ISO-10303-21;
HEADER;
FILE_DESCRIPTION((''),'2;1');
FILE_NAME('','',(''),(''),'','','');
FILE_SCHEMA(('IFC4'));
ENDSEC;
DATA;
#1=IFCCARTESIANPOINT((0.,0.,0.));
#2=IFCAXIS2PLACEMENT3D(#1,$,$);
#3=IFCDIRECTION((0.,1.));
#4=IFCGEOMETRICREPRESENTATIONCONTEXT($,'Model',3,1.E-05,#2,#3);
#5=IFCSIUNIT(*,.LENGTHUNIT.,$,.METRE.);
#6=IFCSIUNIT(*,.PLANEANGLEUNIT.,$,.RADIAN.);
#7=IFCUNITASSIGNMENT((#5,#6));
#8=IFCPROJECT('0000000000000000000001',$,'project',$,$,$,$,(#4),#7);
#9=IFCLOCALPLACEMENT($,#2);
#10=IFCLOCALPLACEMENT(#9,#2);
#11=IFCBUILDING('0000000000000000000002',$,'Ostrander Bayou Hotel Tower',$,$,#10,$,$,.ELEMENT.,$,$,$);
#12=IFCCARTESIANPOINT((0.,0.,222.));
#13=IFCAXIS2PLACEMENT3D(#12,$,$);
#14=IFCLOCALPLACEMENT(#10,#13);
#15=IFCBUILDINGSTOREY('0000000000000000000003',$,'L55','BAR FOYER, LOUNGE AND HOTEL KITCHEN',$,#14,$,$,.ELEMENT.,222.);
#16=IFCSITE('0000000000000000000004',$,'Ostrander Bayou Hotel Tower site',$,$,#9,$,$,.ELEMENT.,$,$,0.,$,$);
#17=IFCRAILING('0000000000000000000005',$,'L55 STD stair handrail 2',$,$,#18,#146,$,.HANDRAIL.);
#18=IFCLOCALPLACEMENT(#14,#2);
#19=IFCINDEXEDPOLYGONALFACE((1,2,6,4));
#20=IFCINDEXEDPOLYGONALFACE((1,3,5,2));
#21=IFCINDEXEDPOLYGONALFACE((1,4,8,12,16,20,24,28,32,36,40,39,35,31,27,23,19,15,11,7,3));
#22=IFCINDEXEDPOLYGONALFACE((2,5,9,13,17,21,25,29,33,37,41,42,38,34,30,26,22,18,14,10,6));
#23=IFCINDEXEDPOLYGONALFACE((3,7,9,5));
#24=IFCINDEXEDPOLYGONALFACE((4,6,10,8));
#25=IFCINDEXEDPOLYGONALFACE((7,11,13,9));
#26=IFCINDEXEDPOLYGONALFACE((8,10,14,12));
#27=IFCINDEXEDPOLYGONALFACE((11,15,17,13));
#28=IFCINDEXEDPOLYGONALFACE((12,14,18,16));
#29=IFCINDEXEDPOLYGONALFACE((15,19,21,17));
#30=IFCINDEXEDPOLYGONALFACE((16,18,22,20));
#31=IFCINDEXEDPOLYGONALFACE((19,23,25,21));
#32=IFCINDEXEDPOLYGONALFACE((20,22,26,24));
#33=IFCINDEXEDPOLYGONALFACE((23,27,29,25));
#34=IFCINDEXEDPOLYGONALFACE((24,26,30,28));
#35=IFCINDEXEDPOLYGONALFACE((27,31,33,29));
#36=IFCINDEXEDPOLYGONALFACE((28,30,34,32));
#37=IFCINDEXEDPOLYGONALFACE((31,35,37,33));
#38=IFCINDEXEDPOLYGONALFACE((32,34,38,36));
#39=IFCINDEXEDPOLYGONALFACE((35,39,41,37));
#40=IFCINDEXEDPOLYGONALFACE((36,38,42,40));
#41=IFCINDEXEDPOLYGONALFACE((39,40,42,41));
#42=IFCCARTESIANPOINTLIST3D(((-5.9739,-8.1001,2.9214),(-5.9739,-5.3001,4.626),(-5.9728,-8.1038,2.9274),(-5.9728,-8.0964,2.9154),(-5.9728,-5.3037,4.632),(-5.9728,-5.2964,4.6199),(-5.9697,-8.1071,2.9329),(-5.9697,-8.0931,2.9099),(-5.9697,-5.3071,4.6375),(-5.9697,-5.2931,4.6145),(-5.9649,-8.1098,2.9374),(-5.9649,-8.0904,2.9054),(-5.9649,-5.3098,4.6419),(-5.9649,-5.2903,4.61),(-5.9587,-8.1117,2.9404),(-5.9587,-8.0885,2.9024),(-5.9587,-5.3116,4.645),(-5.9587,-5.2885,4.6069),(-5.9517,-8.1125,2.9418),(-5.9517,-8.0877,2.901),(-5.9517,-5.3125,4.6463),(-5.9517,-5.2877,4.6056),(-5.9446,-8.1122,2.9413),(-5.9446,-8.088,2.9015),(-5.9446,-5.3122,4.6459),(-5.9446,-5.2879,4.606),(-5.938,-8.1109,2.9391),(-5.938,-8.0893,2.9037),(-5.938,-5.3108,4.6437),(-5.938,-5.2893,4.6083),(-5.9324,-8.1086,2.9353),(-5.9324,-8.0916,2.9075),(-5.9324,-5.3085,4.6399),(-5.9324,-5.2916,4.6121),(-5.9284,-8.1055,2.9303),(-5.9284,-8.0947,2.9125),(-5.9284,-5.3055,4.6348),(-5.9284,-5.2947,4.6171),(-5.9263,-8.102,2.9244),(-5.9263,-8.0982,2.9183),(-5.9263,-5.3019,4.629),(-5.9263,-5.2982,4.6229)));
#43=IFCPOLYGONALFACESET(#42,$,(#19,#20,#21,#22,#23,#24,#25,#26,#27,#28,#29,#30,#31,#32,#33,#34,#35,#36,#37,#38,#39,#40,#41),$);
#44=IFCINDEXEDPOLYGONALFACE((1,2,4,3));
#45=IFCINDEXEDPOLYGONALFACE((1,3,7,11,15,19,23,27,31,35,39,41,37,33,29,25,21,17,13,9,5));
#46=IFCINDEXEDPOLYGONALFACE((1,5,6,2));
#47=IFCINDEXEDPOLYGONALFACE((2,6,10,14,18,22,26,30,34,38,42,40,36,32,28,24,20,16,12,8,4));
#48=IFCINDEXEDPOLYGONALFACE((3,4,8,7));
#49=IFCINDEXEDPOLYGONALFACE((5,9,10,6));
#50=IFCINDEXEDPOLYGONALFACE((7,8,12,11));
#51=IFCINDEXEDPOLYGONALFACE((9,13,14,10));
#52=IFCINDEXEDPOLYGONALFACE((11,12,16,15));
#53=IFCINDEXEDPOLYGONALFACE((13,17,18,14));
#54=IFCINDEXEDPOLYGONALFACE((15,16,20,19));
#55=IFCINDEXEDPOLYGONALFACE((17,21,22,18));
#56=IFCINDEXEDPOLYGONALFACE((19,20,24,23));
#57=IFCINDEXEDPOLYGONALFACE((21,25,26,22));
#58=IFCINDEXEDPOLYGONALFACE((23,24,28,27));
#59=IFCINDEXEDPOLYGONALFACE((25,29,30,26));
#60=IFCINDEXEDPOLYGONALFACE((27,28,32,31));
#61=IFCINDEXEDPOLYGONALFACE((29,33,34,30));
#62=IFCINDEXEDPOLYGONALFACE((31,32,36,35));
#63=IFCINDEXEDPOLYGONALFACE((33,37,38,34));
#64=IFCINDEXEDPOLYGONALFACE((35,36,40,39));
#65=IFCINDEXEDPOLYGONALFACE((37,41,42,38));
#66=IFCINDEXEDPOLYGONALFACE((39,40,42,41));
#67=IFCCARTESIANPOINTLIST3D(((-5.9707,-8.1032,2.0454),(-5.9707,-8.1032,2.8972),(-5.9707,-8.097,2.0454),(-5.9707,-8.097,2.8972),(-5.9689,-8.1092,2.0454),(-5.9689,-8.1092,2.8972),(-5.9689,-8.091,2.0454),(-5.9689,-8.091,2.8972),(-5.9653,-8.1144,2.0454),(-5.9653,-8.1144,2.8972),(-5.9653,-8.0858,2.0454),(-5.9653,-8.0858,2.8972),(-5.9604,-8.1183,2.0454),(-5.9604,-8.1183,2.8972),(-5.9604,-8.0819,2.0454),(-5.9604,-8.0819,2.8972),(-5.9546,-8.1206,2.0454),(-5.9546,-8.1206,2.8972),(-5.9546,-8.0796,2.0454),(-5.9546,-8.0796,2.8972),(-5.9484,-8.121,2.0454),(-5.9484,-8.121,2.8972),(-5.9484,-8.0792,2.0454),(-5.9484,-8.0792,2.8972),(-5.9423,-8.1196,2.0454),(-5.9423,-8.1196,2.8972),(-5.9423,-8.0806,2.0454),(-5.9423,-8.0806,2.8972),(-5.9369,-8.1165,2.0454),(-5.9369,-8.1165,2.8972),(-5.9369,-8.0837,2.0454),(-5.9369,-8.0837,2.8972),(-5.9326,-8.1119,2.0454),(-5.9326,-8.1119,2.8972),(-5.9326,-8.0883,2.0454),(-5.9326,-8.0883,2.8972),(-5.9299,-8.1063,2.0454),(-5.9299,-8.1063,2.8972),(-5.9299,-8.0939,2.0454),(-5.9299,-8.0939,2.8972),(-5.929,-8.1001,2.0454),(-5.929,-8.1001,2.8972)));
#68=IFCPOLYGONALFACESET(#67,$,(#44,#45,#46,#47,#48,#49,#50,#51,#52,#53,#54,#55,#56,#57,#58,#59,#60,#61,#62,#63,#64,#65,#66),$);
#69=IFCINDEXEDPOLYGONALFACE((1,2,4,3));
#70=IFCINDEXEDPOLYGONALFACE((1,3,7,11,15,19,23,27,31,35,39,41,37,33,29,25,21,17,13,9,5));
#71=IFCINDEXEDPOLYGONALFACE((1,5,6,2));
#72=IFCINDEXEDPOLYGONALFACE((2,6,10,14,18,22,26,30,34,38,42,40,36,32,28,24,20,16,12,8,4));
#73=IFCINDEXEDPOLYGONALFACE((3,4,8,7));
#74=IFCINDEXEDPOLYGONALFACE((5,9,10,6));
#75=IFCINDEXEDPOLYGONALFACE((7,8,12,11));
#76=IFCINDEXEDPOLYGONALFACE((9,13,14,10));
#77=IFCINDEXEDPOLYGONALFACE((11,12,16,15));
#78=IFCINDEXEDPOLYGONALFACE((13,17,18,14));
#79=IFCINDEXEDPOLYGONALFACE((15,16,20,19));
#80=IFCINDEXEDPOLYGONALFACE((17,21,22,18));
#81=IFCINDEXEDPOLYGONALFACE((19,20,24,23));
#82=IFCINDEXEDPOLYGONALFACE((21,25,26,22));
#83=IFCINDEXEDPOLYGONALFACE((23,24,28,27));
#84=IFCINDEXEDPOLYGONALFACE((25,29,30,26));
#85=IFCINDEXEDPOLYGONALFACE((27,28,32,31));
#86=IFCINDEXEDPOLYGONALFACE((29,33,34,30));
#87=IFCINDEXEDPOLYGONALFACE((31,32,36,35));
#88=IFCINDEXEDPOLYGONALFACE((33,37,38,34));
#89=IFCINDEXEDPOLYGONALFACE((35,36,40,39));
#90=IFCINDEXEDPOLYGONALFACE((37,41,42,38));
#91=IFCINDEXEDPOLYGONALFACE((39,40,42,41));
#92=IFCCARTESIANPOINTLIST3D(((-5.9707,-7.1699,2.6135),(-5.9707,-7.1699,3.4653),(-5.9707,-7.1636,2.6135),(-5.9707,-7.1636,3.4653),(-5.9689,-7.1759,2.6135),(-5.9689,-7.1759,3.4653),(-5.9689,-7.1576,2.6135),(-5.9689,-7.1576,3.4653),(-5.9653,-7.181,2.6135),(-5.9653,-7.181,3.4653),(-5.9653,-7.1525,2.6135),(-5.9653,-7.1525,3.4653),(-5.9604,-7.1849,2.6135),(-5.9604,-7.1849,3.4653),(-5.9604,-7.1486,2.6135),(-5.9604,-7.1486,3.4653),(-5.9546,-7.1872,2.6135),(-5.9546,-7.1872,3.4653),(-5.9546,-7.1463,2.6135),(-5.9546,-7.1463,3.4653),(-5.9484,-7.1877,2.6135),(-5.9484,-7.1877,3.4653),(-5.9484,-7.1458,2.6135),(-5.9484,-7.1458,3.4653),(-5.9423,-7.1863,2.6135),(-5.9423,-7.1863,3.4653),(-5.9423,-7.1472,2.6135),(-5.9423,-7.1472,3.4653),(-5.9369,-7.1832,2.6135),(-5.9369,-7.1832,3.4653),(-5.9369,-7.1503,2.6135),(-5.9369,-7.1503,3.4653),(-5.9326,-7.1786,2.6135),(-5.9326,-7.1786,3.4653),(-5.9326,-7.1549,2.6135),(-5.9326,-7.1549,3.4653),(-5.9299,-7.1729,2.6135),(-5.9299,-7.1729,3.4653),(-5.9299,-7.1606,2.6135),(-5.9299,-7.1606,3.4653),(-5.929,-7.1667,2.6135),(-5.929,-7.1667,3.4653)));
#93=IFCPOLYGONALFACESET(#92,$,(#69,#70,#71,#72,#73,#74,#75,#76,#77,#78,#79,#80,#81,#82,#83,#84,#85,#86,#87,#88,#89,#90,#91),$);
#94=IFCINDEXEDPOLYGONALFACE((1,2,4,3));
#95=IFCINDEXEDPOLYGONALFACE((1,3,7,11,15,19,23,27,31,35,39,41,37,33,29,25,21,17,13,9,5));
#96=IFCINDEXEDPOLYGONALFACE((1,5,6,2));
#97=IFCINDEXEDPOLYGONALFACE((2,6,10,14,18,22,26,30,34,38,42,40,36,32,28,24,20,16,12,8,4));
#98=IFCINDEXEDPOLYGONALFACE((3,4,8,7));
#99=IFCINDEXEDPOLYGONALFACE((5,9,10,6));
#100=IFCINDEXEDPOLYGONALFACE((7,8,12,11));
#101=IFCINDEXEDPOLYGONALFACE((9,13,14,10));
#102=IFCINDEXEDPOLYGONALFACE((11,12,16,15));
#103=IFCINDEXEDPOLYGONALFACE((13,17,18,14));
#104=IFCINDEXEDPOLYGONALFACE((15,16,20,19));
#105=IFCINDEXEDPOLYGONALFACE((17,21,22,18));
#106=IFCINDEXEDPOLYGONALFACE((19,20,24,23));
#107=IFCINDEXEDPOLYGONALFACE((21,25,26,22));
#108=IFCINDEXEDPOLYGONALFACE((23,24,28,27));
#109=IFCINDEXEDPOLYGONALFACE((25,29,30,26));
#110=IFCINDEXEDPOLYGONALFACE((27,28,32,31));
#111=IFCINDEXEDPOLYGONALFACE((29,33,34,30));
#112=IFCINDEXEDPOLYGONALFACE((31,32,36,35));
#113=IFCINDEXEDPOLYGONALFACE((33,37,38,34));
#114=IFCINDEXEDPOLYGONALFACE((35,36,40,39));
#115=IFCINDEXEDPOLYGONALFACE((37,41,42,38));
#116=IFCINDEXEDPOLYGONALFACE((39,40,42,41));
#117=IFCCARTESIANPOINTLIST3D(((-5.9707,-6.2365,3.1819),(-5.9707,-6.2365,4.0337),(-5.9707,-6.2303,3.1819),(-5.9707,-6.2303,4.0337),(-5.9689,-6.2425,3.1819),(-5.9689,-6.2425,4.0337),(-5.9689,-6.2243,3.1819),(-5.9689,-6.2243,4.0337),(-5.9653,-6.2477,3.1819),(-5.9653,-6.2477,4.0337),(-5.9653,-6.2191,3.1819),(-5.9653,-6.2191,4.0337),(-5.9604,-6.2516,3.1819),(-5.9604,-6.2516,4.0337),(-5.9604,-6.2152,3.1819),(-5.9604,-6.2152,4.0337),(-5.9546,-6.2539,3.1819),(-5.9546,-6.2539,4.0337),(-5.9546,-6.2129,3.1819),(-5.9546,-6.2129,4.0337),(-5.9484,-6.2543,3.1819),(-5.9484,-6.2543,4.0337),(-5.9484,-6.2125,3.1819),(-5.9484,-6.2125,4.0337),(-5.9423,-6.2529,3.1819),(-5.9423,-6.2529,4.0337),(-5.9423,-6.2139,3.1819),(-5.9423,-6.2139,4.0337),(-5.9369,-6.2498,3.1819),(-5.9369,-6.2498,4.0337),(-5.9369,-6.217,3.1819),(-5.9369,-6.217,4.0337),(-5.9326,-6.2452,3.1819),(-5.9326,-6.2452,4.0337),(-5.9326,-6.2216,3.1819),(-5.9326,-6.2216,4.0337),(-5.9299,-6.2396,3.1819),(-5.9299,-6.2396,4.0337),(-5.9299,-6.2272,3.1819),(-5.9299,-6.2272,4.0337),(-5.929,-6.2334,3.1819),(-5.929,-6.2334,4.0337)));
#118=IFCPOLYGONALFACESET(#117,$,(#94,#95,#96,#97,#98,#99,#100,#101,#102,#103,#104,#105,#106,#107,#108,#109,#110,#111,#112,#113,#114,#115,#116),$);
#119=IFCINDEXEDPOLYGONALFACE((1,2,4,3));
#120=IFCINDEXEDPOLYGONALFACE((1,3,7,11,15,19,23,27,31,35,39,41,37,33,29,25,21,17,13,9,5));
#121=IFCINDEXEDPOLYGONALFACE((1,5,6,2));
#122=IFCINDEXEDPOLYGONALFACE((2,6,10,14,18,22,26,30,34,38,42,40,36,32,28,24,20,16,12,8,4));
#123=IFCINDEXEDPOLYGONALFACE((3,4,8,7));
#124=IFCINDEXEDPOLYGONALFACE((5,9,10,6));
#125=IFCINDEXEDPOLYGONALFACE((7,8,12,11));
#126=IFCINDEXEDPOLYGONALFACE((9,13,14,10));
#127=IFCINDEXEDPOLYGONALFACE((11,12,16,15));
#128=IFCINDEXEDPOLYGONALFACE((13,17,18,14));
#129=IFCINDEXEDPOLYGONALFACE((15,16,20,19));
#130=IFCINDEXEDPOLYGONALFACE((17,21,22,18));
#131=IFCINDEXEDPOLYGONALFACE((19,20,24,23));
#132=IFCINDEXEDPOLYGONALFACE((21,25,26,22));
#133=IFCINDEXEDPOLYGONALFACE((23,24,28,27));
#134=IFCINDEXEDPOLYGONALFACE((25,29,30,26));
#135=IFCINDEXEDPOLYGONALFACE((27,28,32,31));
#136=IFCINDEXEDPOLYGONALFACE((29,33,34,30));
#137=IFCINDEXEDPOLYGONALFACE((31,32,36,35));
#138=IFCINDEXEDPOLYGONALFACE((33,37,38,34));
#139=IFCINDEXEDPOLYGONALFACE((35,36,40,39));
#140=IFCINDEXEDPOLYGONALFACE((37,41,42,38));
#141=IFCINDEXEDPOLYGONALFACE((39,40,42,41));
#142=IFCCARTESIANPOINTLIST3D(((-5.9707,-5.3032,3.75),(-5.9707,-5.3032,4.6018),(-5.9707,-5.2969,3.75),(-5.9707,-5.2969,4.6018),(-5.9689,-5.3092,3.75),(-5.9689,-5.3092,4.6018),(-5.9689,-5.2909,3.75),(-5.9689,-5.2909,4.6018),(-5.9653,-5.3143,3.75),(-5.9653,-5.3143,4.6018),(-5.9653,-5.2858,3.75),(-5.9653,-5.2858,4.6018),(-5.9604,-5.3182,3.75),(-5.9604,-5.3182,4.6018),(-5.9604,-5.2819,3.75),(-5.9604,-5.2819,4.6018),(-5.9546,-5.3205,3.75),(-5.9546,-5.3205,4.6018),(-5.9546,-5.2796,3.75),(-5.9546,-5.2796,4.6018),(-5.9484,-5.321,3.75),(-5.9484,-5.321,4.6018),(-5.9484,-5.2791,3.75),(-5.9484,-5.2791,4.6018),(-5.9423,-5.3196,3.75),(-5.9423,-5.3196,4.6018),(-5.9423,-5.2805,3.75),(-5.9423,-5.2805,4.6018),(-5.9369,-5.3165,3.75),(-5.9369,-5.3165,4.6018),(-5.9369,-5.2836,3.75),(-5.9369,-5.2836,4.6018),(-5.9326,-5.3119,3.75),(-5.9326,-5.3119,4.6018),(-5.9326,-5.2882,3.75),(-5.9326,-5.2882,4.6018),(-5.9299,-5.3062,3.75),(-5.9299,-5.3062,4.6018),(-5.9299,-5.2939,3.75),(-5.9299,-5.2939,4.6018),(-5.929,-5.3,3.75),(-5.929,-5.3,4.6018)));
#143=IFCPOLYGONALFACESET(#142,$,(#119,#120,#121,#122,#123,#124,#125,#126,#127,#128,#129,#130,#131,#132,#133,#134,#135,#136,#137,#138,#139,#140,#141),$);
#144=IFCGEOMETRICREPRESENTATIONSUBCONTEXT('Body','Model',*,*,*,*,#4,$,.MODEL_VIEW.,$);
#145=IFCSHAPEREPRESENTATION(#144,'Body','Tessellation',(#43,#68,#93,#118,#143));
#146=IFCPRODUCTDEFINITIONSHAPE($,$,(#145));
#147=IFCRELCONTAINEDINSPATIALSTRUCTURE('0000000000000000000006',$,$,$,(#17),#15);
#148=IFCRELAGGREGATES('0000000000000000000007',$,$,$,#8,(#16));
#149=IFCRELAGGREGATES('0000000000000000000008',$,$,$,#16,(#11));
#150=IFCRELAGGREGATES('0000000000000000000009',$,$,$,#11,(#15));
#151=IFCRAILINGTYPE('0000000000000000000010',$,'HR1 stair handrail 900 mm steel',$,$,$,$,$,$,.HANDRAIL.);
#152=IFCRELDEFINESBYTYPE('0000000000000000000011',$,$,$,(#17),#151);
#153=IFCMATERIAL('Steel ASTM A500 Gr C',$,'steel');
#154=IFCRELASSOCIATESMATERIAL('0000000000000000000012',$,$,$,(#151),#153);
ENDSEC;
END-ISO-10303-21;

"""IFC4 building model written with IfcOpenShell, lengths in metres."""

from ifc_helpers import new_model, si_unit, direction, frame, origin, origin_2d, place, context, subcontext, project, spatial, circle, extrude, material, type_object, element, save


model = new_model("IFC4")

# Units and contexts
model_context = context("Model", 3, precision=1e-05, world=origin(), true_north=direction((0.0, 1.0)))
body_context = subcontext(model_context, "Body", "Model", "MODEL_VIEW")
ifc_project = project(units=[si_unit("LENGTHUNIT", "METRE"), si_unit("PLANEANGLEUNIT", "RADIAN")], contexts=[model_context])

# Site, building, storey
site_placement = place(None, origin())
site = spatial("IfcSite", under=ifc_project, at=site_placement, Name="Ostrander Bayou Hotel Tower site", CompositionType="ELEMENT", RefElevation=0.0)
building_placement = place(site_placement, origin())
building = spatial("IfcBuilding", under=site, at=building_placement, Name="Ostrander Bayou Hotel Tower", CompositionType="ELEMENT")
storey_placement = place(building_placement, frame((0.0, 0.0, 222.0)))
storey = spatial("IfcBuildingStorey", under=building, at=storey_placement, Name="L55", Description="BAR FOYER, LOUNGE AND HOTEL KITCHEN", CompositionType="ELEMENT", Elevation=222.0)

# Railing
ifc_material_1 = material(Name="Steel ASTM A500 Gr C", Category="steel")
railing_type_1 = type_object("IfcRailingType", Name="HR1 stair handrail 900 mm steel", PredefinedType="HANDRAIL", material=ifc_material_1)
railing_1_placement = place(storey_placement, frame((-5.95, -8.1001, 2.0454)))
element("IfcRailing", 1, at=railing_1_placement, inside=storey, type_object=railing_type_1, Name="L55 STD stair handrail 2", PredefinedType="HANDRAIL", context=body_context, shape_type="SweptSolid", body=[
    extrude(circle(Radius=0.0239, at=origin_2d()), frame((0.0, 0.0, 0.876), z_axis=(0.0, 0.85417, 0.519994), x_axis=(-1.0, 0.0, 0.0)), (0.0, 0.0, 1.0), 3.2781),
    extrude(circle(Radius=0.021, at=origin_2d()), origin(), (0.0, 0.0, 1.0), 0.8518),
    extrude(circle(Radius=0.021, at=origin_2d()), frame((0.0, 0.9333, 0.5681)), (0.0, 0.0, 1.0), 0.8518),
    extrude(circle(Radius=0.021, at=origin_2d()), frame((0.0, 1.8667, 1.1365)), (0.0, 0.0, 1.0), 0.8518),
    extrude(circle(Radius=0.021, at=origin_2d()), frame((0.0, 2.8, 1.7046)), (0.0, 0.0, 1.0), 0.8518),
])

save(model, "model.ifc")
